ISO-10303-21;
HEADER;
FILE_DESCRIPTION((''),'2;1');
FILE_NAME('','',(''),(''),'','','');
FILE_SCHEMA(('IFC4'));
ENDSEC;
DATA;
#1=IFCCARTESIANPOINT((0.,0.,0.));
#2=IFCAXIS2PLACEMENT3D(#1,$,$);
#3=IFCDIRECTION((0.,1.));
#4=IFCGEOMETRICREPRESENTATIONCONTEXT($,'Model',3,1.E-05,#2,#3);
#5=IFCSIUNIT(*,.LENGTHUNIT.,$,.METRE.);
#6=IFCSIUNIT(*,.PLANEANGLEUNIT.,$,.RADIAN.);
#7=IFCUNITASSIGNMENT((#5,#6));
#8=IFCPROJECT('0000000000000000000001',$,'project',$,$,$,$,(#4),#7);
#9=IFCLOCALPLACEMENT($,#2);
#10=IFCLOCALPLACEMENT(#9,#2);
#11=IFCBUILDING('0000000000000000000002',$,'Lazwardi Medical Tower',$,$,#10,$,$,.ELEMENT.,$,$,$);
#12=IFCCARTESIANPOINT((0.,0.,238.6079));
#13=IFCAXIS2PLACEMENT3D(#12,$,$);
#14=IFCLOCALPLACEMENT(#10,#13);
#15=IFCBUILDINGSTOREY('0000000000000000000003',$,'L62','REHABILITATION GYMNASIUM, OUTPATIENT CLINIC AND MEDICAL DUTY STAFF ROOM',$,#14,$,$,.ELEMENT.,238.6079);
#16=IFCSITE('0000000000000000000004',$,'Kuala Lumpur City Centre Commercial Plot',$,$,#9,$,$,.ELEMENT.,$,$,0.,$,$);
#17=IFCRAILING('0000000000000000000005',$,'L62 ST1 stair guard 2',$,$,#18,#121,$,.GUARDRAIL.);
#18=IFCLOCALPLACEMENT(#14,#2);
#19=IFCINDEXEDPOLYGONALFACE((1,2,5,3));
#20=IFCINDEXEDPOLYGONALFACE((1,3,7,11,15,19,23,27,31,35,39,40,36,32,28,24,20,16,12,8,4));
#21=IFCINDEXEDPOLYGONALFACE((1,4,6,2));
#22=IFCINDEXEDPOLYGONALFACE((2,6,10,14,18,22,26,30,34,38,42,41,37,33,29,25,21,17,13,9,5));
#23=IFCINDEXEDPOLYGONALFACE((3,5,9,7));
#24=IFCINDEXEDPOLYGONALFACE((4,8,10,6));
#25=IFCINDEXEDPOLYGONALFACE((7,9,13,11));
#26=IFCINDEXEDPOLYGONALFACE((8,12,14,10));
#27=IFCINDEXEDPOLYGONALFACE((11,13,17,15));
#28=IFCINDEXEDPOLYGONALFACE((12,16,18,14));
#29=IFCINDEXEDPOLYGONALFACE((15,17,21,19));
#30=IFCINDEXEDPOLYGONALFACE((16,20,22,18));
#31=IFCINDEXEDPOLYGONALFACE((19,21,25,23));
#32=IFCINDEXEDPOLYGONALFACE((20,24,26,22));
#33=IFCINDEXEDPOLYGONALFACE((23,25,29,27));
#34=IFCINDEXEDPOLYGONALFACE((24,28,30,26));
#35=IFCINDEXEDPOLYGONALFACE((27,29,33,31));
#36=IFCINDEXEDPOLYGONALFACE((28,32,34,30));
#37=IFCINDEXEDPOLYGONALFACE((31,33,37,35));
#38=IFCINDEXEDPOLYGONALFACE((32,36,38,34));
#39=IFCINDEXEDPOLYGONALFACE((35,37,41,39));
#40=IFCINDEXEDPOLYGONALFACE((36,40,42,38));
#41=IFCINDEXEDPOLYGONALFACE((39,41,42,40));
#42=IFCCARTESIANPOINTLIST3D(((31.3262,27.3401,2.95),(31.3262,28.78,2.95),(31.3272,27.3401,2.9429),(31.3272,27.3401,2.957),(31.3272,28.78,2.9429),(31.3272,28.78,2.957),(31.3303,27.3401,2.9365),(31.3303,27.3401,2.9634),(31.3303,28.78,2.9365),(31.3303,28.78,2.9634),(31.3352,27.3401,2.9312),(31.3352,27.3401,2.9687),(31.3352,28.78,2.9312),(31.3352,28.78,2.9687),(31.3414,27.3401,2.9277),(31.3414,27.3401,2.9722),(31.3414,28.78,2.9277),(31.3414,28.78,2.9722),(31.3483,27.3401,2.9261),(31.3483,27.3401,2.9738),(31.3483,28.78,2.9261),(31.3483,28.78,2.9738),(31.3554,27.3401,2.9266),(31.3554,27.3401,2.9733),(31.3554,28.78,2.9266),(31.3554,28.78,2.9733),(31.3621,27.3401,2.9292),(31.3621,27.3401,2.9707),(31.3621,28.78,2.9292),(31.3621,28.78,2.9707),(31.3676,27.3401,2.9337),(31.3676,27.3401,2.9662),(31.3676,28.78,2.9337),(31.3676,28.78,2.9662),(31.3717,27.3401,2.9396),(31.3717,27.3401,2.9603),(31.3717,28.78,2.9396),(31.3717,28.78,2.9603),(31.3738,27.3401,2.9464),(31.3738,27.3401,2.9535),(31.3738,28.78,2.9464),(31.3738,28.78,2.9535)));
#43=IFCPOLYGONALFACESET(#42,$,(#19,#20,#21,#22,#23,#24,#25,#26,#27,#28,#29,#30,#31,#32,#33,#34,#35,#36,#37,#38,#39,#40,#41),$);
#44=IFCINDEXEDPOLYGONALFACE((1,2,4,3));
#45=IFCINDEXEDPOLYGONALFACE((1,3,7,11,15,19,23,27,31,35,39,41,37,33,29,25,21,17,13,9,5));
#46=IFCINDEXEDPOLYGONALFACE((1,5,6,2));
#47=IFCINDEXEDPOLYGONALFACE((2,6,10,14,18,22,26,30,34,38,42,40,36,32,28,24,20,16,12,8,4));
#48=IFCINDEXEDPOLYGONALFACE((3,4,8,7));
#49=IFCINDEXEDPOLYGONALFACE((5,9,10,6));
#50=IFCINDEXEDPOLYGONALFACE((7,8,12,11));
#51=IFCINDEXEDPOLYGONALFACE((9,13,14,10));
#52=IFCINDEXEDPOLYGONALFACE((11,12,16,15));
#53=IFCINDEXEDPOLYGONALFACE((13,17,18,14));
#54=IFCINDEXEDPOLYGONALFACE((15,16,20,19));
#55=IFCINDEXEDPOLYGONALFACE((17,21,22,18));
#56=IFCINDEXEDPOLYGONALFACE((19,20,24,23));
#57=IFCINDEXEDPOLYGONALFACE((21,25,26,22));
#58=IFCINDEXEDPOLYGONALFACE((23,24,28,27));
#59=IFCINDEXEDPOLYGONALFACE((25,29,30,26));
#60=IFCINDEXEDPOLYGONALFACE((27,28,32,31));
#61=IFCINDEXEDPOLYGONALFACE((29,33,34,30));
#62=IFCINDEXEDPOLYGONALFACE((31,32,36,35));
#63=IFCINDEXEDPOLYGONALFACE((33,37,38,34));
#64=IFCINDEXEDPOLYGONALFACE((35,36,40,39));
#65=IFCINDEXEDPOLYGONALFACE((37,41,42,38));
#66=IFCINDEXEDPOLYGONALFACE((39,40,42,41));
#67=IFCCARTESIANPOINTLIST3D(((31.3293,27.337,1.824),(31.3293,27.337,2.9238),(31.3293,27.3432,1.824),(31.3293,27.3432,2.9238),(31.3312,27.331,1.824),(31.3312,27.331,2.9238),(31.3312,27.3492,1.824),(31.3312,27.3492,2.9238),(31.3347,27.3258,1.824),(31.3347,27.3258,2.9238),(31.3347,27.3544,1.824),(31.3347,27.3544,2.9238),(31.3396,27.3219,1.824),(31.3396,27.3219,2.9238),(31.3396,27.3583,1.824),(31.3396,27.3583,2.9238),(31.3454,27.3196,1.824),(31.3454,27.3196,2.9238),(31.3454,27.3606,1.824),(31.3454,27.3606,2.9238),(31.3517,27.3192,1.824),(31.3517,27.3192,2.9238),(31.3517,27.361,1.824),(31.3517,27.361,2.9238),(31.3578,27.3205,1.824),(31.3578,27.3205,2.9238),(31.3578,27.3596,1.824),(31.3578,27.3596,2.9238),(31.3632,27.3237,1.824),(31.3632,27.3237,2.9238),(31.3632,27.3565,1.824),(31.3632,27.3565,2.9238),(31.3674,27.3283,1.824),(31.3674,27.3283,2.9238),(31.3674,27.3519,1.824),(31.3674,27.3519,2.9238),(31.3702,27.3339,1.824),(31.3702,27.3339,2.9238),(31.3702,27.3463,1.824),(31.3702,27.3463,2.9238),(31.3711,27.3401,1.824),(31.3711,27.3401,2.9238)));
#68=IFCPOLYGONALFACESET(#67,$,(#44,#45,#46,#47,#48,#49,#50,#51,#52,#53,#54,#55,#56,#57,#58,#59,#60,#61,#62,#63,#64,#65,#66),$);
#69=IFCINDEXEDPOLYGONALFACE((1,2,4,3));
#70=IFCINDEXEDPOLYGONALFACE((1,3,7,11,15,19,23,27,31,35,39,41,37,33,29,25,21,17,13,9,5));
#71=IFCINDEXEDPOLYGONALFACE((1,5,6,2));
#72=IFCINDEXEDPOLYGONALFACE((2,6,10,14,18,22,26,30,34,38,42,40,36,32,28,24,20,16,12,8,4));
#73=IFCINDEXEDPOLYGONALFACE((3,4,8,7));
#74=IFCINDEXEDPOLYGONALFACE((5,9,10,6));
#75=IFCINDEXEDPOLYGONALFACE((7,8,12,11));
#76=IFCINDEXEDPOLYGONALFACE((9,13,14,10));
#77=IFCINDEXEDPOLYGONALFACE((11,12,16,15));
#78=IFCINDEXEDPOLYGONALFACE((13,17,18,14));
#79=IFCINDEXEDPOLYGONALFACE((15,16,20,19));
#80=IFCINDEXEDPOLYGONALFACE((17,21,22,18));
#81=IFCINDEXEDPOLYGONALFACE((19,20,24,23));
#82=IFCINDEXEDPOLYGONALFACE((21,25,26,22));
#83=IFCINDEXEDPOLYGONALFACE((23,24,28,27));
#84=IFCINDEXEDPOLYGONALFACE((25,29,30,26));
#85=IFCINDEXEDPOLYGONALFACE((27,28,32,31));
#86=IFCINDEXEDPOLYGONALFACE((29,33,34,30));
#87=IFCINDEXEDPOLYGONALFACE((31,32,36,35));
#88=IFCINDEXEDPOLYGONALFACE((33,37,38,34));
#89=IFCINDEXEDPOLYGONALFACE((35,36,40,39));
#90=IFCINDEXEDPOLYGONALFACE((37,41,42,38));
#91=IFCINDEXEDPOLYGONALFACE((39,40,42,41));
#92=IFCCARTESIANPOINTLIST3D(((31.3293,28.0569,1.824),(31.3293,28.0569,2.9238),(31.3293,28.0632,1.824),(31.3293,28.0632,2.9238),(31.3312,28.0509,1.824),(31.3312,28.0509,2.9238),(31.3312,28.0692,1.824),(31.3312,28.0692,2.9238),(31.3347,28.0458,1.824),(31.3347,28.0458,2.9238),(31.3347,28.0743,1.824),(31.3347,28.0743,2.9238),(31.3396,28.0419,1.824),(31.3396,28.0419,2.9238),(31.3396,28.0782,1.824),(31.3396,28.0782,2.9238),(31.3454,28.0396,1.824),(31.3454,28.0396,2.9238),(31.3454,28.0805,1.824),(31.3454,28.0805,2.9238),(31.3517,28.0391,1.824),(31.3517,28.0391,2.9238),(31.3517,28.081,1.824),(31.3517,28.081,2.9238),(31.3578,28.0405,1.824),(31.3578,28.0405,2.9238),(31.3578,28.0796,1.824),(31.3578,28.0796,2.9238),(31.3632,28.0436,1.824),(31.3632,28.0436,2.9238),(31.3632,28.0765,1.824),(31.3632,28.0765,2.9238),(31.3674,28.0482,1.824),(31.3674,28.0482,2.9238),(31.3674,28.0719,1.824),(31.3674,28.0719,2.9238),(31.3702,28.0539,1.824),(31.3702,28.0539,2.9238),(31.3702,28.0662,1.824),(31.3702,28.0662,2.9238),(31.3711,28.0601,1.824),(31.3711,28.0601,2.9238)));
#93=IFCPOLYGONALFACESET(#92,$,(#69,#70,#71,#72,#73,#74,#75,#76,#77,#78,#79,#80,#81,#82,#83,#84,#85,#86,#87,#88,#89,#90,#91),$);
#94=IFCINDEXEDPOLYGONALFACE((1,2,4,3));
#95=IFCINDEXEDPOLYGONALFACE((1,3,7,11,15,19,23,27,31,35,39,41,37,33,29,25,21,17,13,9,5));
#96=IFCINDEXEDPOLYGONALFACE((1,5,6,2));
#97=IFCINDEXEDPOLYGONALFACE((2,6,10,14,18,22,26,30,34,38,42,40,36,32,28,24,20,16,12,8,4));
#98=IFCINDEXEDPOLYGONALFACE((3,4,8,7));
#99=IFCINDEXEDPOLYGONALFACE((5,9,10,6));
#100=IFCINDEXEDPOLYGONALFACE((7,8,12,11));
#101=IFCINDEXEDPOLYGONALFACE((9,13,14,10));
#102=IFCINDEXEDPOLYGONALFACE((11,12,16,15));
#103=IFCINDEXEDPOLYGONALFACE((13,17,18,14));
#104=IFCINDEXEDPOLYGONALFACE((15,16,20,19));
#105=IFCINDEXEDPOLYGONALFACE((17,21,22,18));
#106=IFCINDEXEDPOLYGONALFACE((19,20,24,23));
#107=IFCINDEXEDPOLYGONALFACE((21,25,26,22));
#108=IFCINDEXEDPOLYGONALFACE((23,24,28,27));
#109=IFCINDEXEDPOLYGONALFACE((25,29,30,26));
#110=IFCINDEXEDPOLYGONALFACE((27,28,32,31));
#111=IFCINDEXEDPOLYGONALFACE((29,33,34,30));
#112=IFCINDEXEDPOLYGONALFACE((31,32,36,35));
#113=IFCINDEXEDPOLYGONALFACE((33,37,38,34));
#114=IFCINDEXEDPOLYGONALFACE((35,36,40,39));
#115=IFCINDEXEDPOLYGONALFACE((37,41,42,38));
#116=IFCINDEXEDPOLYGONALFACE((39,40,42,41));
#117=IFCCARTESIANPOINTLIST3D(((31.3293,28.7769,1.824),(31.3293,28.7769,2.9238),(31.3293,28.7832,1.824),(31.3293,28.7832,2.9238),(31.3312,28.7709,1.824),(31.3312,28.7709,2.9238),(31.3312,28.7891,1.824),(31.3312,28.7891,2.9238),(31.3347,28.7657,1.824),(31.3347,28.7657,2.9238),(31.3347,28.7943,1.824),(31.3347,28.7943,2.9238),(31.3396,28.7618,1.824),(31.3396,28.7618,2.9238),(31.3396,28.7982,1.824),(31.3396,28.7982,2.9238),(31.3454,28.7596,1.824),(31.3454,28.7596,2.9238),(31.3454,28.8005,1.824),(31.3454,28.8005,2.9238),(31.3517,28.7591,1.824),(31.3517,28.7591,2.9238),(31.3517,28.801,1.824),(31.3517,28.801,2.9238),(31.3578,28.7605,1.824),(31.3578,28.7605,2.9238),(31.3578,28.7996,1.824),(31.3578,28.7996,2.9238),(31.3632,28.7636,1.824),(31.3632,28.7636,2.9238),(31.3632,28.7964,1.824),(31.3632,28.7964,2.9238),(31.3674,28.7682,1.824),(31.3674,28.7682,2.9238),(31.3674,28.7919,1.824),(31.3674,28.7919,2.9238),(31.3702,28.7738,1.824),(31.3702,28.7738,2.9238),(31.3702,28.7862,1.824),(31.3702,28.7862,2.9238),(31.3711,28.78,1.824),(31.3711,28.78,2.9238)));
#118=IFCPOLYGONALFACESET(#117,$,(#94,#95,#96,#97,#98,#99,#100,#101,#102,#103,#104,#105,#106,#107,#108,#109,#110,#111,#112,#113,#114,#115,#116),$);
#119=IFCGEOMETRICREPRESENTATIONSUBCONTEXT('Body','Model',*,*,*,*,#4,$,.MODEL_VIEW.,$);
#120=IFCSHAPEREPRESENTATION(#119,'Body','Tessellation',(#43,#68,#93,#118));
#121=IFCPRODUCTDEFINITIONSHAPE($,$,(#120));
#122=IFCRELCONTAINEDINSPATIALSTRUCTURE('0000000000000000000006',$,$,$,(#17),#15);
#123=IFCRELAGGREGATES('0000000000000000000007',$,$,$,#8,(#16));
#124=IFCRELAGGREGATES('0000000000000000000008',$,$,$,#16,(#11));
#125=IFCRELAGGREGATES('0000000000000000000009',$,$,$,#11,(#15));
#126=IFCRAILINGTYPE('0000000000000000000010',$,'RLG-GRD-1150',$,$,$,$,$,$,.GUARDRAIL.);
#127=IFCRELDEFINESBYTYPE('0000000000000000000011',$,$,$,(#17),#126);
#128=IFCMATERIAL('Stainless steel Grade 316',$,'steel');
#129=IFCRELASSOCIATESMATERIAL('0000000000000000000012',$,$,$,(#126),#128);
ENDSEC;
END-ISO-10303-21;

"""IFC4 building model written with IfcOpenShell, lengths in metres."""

from ifc_helpers import new_model, si_unit, direction, frame, origin, origin_2d, place, context, subcontext, project, spatial, circle, extrude, material, type_object, element, save


model = new_model("IFC4")

# Units and contexts
model_context = context("Model", 3, precision=1e-05, world=origin(), true_north=direction((0.0, 1.0)))
body_context = subcontext(model_context, "Body", "Model", "MODEL_VIEW")
ifc_project = project(units=[si_unit("LENGTHUNIT", "METRE"), si_unit("PLANEANGLEUNIT", "RADIAN")], contexts=[model_context])

# Site, building, storey
site_placement = place(None, origin())
site = spatial("IfcSite", under=ifc_project, at=site_placement, Name="Kuala Lumpur City Centre Commercial Plot", CompositionType="ELEMENT", RefElevation=0.0)
building_placement = place(site_placement, origin())
building = spatial("IfcBuilding", under=site, at=building_placement, Name="Lazwardi Medical Tower", CompositionType="ELEMENT")
storey_placement = place(building_placement, frame((0.0, 0.0, 238.6079)))
storey = spatial("IfcBuildingStorey", under=building, at=storey_placement, Name="L62", Description="REHABILITATION GYMNASIUM, OUTPATIENT CLINIC AND MEDICAL DUTY STAFF ROOM", CompositionType="ELEMENT", Elevation=238.6079)

# Railing
ifc_material_1 = material(Name="Stainless steel Grade 316", Category="steel")
railing_type_1 = type_object("IfcRailingType", Name="RLG-GRD-1150", PredefinedType="GUARDRAIL", material=ifc_material_1)
railing_1_placement = place(storey_placement, frame((31.3501, 27.3401, 1.824)))
element("IfcRailing", 1, at=railing_1_placement, inside=storey, type_object=railing_type_1, Name="L62 ST1 stair guard 2", PredefinedType="GUARDRAIL", context=body_context, shape_type="SweptSolid", body=[
    extrude(circle(Radius=0.0239, at=origin_2d()), frame((0.0, 0.0, 1.126), z_axis=(0.0, 1.0, 0.0), x_axis=(-1.0, 0.0, 0.0)), (0.0, 0.0, 1.0), 1.4399),
    extrude(circle(Radius=0.021, at=origin_2d()), origin(), (0.0, 0.0, 1.0), 1.0999),
    extrude(circle(Radius=0.021, at=origin_2d()), frame((0.0, 0.72, 0.0)), (0.0, 0.0, 1.0), 1.0999),
    extrude(circle(Radius=0.021, at=origin_2d()), frame((0.0, 1.4399, 0.0)), (0.0, 0.0, 1.0), 1.0999),
])

save(model, "model.ifc")
